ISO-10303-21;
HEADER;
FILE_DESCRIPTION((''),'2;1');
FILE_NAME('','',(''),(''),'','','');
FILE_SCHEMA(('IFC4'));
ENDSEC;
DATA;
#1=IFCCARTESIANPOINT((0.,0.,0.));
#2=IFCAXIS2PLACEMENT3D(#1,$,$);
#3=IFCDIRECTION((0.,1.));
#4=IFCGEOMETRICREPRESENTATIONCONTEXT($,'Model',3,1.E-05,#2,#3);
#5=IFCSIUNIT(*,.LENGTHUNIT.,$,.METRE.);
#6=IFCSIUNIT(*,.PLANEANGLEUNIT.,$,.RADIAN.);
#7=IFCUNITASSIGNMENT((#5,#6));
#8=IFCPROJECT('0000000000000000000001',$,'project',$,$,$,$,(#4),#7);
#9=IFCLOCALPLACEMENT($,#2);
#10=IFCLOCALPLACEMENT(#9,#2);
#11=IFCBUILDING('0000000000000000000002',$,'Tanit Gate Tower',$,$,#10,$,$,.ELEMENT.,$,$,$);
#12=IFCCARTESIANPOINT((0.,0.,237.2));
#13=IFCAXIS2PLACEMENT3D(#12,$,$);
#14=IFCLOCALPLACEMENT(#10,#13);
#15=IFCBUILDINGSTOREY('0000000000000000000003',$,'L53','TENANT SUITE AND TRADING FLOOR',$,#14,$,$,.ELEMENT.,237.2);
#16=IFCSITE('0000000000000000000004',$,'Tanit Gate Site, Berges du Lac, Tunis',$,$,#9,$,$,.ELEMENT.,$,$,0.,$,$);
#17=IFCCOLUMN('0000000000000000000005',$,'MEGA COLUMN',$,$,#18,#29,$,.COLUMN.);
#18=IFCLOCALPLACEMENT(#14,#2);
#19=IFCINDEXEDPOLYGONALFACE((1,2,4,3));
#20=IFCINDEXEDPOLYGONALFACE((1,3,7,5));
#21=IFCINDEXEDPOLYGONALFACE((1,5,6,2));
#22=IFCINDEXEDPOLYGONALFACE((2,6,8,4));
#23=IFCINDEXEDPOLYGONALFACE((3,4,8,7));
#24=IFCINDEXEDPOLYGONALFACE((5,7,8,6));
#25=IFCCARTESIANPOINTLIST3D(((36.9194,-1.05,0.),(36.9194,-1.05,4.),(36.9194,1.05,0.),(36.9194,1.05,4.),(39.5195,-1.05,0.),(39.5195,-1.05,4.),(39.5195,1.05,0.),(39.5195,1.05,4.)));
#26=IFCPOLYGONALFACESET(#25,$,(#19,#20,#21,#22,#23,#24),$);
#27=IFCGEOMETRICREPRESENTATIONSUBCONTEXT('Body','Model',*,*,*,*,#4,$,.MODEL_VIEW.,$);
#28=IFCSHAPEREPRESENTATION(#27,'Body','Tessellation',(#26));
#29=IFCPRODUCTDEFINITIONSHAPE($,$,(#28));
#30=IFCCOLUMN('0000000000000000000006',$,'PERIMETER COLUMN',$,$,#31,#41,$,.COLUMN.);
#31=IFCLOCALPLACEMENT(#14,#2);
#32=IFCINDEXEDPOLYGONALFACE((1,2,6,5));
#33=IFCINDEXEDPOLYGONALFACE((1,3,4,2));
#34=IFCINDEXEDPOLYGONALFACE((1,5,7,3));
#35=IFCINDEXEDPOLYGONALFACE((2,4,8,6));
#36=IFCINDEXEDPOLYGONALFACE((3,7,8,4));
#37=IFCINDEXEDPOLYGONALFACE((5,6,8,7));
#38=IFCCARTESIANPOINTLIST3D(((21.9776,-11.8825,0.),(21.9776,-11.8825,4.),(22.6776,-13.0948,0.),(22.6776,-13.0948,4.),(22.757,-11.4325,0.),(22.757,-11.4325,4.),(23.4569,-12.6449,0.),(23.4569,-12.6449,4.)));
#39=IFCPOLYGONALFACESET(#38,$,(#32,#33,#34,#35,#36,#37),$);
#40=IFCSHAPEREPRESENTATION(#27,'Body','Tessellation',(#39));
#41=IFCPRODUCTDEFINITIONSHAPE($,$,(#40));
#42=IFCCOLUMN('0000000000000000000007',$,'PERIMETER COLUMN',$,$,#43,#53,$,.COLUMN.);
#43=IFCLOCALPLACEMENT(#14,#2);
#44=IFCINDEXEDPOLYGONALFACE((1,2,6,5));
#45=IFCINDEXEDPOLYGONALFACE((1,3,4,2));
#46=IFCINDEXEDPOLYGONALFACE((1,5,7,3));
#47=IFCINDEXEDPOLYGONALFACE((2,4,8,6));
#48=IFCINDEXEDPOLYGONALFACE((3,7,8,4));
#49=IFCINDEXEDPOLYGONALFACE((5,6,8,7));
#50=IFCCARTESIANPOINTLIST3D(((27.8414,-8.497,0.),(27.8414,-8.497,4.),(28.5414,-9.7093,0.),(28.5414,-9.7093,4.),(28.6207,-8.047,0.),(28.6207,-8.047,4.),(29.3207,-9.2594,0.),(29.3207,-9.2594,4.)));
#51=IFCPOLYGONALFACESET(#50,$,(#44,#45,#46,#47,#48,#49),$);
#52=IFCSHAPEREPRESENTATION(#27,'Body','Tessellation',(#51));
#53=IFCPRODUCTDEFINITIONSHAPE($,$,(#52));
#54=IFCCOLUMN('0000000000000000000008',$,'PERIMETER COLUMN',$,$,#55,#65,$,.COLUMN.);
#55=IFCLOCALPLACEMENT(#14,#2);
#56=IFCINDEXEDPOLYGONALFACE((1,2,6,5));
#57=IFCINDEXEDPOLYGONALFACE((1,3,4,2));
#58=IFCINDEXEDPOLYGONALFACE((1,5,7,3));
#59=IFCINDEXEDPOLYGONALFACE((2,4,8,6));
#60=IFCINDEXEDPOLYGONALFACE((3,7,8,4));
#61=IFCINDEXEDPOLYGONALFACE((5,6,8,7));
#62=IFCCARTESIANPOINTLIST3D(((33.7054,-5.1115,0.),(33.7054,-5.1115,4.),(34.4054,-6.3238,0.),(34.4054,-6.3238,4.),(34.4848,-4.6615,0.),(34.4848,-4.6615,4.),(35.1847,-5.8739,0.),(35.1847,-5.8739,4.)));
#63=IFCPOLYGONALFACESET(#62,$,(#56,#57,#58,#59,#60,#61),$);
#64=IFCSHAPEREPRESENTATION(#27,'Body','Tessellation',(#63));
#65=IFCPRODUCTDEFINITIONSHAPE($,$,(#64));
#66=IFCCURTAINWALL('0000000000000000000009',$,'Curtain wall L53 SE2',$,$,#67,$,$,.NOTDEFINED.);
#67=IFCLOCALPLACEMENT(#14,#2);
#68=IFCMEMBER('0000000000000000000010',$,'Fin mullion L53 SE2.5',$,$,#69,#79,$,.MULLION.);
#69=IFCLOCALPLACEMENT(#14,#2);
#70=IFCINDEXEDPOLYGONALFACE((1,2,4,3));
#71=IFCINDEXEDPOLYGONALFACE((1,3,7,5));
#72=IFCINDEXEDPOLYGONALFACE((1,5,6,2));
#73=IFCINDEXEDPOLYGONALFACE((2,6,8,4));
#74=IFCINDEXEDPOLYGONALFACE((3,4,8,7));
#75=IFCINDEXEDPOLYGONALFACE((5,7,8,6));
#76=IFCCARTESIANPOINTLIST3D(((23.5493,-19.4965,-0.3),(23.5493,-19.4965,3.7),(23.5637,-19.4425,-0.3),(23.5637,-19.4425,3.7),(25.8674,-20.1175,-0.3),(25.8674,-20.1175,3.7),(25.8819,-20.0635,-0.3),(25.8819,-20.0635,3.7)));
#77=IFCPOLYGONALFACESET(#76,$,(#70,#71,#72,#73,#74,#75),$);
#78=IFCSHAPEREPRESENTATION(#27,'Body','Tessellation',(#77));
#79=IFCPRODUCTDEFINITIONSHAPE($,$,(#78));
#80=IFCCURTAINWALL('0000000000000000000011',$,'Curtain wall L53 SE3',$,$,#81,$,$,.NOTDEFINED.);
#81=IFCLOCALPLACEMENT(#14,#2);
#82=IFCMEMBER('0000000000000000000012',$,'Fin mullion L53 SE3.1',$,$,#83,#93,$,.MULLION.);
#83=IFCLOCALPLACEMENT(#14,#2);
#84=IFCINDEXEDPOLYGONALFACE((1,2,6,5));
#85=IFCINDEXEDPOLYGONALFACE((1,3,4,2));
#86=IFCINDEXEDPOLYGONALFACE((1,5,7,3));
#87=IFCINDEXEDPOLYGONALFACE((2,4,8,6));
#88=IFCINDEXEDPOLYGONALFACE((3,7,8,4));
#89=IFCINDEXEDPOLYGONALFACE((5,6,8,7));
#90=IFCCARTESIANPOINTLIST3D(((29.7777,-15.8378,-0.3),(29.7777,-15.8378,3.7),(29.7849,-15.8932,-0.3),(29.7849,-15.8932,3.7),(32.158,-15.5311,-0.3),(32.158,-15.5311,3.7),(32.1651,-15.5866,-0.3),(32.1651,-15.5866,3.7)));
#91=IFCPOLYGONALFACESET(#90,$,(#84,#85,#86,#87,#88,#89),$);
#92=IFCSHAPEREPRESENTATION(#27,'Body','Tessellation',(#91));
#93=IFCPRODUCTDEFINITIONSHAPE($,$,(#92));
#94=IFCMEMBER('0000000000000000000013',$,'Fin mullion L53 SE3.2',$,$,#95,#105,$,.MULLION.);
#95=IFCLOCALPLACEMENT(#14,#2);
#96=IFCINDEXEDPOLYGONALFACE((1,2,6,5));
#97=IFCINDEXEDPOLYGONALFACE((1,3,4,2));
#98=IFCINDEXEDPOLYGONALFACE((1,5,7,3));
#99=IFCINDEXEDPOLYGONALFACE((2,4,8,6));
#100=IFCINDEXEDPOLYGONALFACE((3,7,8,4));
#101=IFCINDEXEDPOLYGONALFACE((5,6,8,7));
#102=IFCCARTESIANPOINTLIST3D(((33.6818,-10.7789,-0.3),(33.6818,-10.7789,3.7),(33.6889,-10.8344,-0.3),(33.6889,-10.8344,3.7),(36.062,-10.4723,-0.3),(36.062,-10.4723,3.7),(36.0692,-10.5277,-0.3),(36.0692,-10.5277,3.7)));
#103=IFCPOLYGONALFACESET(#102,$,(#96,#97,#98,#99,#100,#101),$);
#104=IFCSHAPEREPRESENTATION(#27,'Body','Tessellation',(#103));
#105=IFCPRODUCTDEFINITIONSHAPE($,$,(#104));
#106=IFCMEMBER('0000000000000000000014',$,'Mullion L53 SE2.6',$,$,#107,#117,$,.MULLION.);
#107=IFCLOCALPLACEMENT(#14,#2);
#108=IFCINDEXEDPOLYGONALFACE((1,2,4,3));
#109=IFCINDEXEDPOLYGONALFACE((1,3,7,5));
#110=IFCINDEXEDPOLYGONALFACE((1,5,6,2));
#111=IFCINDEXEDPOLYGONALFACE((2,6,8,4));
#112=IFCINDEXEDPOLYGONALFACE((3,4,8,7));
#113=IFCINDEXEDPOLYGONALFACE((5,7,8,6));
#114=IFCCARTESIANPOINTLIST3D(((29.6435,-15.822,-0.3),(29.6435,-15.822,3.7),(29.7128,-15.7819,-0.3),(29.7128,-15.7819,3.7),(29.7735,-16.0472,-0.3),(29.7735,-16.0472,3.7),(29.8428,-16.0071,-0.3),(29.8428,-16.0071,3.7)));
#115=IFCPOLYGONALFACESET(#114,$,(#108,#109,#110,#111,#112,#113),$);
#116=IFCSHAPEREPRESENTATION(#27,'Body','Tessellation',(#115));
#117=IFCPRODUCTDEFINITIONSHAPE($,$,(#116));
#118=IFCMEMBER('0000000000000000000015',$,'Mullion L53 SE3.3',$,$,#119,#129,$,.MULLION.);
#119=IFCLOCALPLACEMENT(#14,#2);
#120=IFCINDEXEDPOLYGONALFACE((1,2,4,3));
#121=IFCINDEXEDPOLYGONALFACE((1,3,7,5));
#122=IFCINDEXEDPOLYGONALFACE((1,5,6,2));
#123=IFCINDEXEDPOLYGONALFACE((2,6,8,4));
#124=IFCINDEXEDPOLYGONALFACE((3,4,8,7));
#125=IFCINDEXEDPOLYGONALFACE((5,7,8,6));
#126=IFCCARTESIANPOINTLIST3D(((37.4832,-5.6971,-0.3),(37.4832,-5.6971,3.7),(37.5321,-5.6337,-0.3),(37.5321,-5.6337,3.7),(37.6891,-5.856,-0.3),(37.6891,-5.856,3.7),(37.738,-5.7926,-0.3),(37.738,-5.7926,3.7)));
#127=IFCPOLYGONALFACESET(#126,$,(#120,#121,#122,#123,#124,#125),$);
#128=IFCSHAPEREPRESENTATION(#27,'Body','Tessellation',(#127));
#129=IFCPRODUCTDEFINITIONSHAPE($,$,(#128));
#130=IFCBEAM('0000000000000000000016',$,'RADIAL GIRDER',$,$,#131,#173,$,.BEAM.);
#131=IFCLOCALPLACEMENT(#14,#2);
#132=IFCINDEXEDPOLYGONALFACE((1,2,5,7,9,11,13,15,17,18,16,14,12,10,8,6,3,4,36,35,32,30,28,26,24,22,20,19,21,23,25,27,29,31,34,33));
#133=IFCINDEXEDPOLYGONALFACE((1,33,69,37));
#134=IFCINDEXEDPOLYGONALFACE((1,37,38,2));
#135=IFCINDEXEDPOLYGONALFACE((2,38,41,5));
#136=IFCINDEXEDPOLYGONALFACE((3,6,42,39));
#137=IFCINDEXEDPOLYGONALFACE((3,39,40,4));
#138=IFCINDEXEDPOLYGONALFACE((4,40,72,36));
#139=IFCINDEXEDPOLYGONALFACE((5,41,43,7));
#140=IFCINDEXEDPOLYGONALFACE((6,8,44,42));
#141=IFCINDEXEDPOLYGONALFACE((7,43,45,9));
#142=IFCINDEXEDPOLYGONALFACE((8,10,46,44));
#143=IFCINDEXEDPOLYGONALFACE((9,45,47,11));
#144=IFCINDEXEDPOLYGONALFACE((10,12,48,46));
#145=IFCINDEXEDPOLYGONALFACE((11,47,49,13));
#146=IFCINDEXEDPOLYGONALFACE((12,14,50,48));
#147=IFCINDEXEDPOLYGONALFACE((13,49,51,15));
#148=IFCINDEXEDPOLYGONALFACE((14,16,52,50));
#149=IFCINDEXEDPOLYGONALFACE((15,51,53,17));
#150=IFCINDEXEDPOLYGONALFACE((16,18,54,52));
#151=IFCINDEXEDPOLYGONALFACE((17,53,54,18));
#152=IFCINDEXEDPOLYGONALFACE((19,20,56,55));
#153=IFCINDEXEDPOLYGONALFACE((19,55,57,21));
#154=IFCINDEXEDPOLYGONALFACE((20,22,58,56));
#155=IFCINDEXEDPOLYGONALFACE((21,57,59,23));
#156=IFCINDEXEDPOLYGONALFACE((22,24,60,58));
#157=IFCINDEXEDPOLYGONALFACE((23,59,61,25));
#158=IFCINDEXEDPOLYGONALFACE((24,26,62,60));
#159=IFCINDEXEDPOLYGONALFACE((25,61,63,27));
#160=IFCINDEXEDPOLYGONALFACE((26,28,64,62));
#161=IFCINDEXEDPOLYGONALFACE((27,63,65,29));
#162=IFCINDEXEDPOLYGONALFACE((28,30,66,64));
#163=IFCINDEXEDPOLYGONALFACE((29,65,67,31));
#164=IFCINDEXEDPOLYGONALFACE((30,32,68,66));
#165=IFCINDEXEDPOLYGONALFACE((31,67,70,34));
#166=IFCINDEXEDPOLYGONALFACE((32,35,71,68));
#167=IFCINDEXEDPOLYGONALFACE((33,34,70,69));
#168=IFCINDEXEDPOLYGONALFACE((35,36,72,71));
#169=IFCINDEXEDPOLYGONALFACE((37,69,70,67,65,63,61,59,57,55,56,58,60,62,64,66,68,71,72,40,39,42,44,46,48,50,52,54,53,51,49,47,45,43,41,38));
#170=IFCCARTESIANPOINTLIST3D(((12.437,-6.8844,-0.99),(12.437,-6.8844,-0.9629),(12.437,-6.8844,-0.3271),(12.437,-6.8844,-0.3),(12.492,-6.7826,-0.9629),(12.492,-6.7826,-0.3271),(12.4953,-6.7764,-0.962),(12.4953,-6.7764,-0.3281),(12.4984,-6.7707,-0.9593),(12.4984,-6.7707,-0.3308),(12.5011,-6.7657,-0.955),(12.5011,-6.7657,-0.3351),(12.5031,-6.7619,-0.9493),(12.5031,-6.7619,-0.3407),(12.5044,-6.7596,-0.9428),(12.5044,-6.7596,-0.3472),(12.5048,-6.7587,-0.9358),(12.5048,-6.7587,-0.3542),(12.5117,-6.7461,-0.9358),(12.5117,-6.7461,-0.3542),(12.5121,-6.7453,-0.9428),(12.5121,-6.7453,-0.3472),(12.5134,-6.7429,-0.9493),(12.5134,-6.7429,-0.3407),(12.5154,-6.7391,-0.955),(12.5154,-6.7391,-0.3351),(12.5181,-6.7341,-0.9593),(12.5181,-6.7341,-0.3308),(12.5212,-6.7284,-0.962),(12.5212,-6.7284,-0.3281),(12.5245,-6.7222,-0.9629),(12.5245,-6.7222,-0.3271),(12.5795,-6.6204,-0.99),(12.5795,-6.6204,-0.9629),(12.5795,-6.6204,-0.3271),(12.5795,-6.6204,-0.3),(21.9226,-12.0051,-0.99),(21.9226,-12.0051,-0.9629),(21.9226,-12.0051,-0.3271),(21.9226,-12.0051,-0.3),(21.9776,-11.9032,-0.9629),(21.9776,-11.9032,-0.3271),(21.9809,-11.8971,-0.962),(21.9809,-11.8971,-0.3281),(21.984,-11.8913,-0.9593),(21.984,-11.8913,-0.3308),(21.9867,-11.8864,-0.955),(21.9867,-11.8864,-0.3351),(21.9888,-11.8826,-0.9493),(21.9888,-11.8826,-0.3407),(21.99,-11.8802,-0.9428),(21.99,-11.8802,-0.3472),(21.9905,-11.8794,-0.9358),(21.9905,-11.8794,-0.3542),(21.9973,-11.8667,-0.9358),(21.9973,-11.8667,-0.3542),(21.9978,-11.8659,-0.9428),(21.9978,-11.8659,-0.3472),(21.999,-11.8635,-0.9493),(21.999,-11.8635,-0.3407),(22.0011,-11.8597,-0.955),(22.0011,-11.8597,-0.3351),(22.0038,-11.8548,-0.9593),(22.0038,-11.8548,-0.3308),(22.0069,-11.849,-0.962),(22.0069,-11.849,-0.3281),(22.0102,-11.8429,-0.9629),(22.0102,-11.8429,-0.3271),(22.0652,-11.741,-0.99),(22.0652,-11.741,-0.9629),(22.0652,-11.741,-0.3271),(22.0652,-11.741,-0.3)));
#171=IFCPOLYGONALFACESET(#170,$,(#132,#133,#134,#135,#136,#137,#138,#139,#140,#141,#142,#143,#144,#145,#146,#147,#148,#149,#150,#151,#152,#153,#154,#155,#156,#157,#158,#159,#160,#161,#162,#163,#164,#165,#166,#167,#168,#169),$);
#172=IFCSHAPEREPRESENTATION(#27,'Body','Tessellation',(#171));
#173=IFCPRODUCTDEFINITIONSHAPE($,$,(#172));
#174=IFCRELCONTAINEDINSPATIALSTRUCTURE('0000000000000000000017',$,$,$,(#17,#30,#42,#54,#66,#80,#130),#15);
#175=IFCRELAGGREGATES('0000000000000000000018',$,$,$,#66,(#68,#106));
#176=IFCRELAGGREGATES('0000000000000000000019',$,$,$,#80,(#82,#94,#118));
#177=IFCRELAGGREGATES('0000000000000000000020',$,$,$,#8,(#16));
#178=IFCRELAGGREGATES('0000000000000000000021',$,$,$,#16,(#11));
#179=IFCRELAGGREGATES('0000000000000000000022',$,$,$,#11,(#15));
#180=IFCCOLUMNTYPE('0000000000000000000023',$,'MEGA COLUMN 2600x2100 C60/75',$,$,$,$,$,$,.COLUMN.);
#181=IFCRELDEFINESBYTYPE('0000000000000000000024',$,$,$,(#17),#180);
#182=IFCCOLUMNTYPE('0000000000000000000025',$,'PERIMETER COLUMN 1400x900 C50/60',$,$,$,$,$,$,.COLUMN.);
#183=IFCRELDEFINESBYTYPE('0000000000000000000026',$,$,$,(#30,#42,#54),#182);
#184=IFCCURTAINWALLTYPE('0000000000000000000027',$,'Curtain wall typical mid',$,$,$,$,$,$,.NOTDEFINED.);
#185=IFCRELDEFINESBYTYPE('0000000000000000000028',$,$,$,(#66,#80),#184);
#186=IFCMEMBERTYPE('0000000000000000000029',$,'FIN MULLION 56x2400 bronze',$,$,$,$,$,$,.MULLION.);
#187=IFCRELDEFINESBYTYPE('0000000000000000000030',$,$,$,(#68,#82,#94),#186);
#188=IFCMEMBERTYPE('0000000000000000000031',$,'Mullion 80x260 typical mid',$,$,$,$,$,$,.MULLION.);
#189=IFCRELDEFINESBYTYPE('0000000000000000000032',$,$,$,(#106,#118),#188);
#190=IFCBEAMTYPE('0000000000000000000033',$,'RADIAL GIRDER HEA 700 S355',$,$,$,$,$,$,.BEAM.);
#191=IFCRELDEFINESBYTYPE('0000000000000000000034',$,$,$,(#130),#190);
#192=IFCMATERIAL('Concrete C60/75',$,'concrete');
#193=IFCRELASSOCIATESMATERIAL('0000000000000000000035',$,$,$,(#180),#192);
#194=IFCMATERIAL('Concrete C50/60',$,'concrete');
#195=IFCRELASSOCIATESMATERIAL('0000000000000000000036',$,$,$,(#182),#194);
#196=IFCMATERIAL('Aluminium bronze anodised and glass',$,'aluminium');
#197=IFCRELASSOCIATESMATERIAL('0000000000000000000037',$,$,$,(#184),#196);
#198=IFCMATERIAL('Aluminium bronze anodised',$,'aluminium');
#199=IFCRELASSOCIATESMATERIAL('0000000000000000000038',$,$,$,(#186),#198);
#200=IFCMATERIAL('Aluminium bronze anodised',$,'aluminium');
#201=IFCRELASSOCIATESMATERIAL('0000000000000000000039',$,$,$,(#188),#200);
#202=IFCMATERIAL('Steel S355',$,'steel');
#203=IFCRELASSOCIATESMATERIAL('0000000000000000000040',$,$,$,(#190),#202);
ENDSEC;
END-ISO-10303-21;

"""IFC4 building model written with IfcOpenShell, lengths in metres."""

from ifc_helpers import new_model, si_unit, direction, frame, origin, origin_2d, place, context, subcontext, project, spatial, rectangle, i_section, extrude, material, material_profile, profile_set, type_object, element, aggregate, save


model = new_model("IFC4")

# Units and contexts
model_context = context("Model", 3, precision=1e-05, world=origin(), true_north=direction((0.0, 1.0)))
body_context = subcontext(model_context, "Body", "Model", "MODEL_VIEW")
ifc_project = project(units=[si_unit("LENGTHUNIT", "METRE"), si_unit("PLANEANGLEUNIT", "RADIAN")], contexts=[model_context])

# Site, building, storey
site_placement = place(None, origin())
site = spatial("IfcSite", under=ifc_project, at=site_placement, Name="Tanit Gate Site, Berges du Lac, Tunis", CompositionType="ELEMENT", RefElevation=0.0)
building_placement = place(site_placement, origin())
building = spatial("IfcBuilding", under=site, at=building_placement, Name="Tanit Gate Tower", CompositionType="ELEMENT")
storey_placement = place(building_placement, frame((0.0, 0.0, 237.2)))
storey = spatial("IfcBuildingStorey", under=building, at=storey_placement, Name="L53", Description="TENANT SUITE AND TRADING FLOOR", CompositionType="ELEMENT", Elevation=237.2)

# Columns
ifc_material_1 = material(Name="Concrete C60/75", Category="concrete")
ifc_material_profile_1 = material_profile(ifc_material_1, rectangle(XDim=2.6001, YDim=2.1001, at=origin_2d()), Name="RC 2600x2100")
ifc_profile_set_1 = profile_set([ifc_material_profile_1], Name="Concrete C60/75")
column_type_1 = type_object("IfcColumnType", Name="MEGA COLUMN 2600x2100 C60/75", PredefinedType="COLUMN", material=ifc_profile_set_1)
column_placement = place(storey_placement, frame((38.2195, 0.0, 0.0), z_axis=(0.0, 0.0, 1.0), x_axis=(1.0, 0.0, 0.0)))
element("IfcColumn", 1, at=column_placement, inside=storey, type_object=column_type_1, Name="MEGA COLUMN", PredefinedType="COLUMN", context=body_context, shape_type="SweptSolid", body=[
    extrude(rectangle(XDim=2.6001, YDim=2.1001, at=origin_2d()), origin(), (0.0, 0.0, 1.0), 4.0),
])
ifc_material_2 = material(Name="Concrete C50/60", Category="concrete")
ifc_material_profile_2 = material_profile(ifc_material_2, rectangle(XDim=1.3999, YDim=0.8999, at=origin_2d()), Name="RC 1400x900")
ifc_profile_set_2 = profile_set([ifc_material_profile_2], Name="Concrete C50/60")
column_type_2 = type_object("IfcColumnType", Name="PERIMETER COLUMN 1400x900 C50/60", PredefinedType="COLUMN", material=ifc_profile_set_2)
for number, where, z_axis, x_axis, name in (
    (2, (22.7173, -12.2637, 0.0), (0.0, 0.0, 1.0), (0.5, -0.866025, 0.0), "PERIMETER COLUMN"),
    (3, (28.5811, -8.8782, 0.0), (0.0, 0.0, 1.0), (0.5, -0.866025, 0.0), "PERIMETER COLUMN"),
    (4, (34.4451, -5.4927, 0.0), (0.0, 0.0, 1.0), (0.5, -0.866025, 0.0), "PERIMETER COLUMN"),
):
    element("IfcColumn", number, at=place(storey_placement, frame(where, z_axis=z_axis, x_axis=x_axis)), inside=storey, type_object=column_type_2, Name=name, PredefinedType="COLUMN", context=body_context, shape_type="SweptSolid", body=[
        extrude(rectangle(XDim=1.3999, YDim=0.8999, at=origin_2d()), origin(), (0.0, 0.0, 1.0), 4.0),
    ])

# Curtain wall, member
ifc_material_3 = material(Name="Aluminium bronze anodised and glass", Category="aluminium")
curtain_wall_type = type_object("IfcCurtainWallType", Name="Curtain wall typical mid", PredefinedType="NOTDEFINED", material=ifc_material_3)
curtain_wall_1_placement = place(storey_placement, origin())
curtain_wall_1 = element("IfcCurtainWall", 5, at=curtain_wall_1_placement, inside=storey, type_object=curtain_wall_type, Name="Curtain wall L53 SE2", PredefinedType="NOTDEFINED")
ifc_material_4 = material(Name="Aluminium bronze anodised", Category="aluminium")
ifc_material_profile_3 = material_profile(ifc_material_4, rectangle(XDim=2.3999, YDim=0.0559, at=origin_2d()), Name="56x2400 bronze fin mullion")
ifc_profile_set_3 = profile_set([ifc_material_profile_3], Name="Aluminium bronze anodised")
member_type_1 = type_object("IfcMemberType", Name="FIN MULLION 56x2400 bronze", PredefinedType="MULLION", material=ifc_profile_set_3)
member_1_placement = place(storey_placement, frame((24.7156, -19.78, -0.3), z_axis=(0.0, 0.0, 1.0), x_axis=(-0.965944, 0.258752, 0.0)))
member_1 = element("IfcMember", 6, at=member_1_placement, type_object=member_type_1, Name="Fin mullion L53 SE2.5", PredefinedType="MULLION", context=body_context, shape_type="SweptSolid", body=[
    extrude(rectangle(XDim=2.3999, YDim=0.0559, at=origin_2d()), origin(), (0.0, 0.0, 1.0), 4.0),
])

# Curtain wall, members
curtain_wall_2_placement = place(storey_placement, origin())
curtain_wall_2 = element("IfcCurtainWall", 7, at=curtain_wall_2_placement, inside=storey, type_object=curtain_wall_type, Name="Curtain wall L53 SE3", PredefinedType="NOTDEFINED")
member_2_placement = place(storey_placement, frame((30.9714, -15.7122, -0.3), z_axis=(0.0, 0.0, 1.0), x_axis=(-0.991802, -0.127783, 0.0)))
member_2 = element("IfcMember", 8, at=member_2_placement, type_object=member_type_1, Name="Fin mullion L53 SE3.1", PredefinedType="MULLION", context=body_context, shape_type="SweptSolid", body=[
    extrude(rectangle(XDim=2.3999, YDim=0.0559, at=origin_2d()), origin(), (0.0, 0.0, 1.0), 4.0),
])
member_3_placement = place(storey_placement, frame((34.8755, -10.6533, -0.3), z_axis=(0.0, 0.0, 1.0), x_axis=(-0.991802, -0.127783, 0.0)))
member_3 = element("IfcMember", 9, at=member_3_placement, type_object=member_type_1, Name="Fin mullion L53 SE3.2", PredefinedType="MULLION", context=body_context, shape_type="SweptSolid", body=[
    extrude(rectangle(XDim=2.3999, YDim=0.0559, at=origin_2d()), origin(), (0.0, 0.0, 1.0), 4.0),
])

# Members
ifc_material_5 = material(Name="Aluminium bronze anodised", Category="aluminium")
ifc_material_profile_4 = material_profile(ifc_material_5, rectangle(XDim=0.26, YDim=0.0801, at=origin_2d()), Name="80x260 bronze mullion")
ifc_profile_set_4 = profile_set([ifc_material_profile_4], Name="Aluminium bronze anodised")
member_type_2 = type_object("IfcMemberType", Name="Mullion 80x260 typical mid", PredefinedType="MULLION", material=ifc_profile_set_4)
member_4_placement = place(storey_placement, frame((29.7432, -15.9146, -0.3), z_axis=(0.0, 0.0, 1.0), x_axis=(-0.50006, 0.865991, 0.0)))
member_4 = element("IfcMember", 10, at=member_4_placement, type_object=member_type_2, Name="Mullion L53 SE2.6", PredefinedType="MULLION", context=body_context, shape_type="SweptSolid", body=[
    extrude(rectangle(XDim=0.26, YDim=0.0801, at=origin_2d()), origin(), (0.0, 0.0, 1.0), 4.0),
])
member_5_placement = place(storey_placement, frame((37.6106, -5.7449, -0.3), z_axis=(0.0, 0.0, 1.0), x_axis=(-0.791666, 0.610954, 0.0)))
member_5 = element("IfcMember", 11, at=member_5_placement, type_object=member_type_2, Name="Mullion L53 SE3.3", PredefinedType="MULLION", context=body_context, shape_type="SweptSolid", body=[
    extrude(rectangle(XDim=0.26, YDim=0.0801, at=origin_2d()), origin(), (0.0, 0.0, 1.0), 4.0),
])

# Beam
ifc_material_6 = material(Name="Steel S355", Category="steel")
ifc_material_profile_5 = material_profile(ifc_material_6, i_section(OverallWidth=0.3, OverallDepth=0.6899, WebThickness=0.0144, FlangeThickness=0.0271, FilletRadius=0.0271, at=origin_2d()), Name="HEA 700")
ifc_profile_set_5 = profile_set([ifc_material_profile_5], Name="Steel S355")
beam_type_1 = type_object("IfcBeamType", Name="RADIAL GIRDER HEA 700 S355", PredefinedType="BEAM", material=ifc_profile_set_5)
beam_1_placement = place(storey_placement, frame((21.9939, -11.873, -0.645), z_axis=(-0.879968, 0.475033, 0.0), x_axis=(-0.475033, -0.879968, 0.0)))
element("IfcBeam", 12, at=beam_1_placement, inside=storey, type_object=beam_type_1, Name="RADIAL GIRDER", PredefinedType="BEAM", context=body_context, shape_type="SweptSolid", body=[
    extrude(i_section(OverallWidth=0.3, OverallDepth=0.6899, WebThickness=0.0144, FlangeThickness=0.0271, FilletRadius=0.0271, at=origin_2d()), origin(), (0.0, 0.0, 1.0), 10.7795),
])

aggregate(curtain_wall_1, [member_1, member_4])
aggregate(curtain_wall_2, [member_2, member_3, member_5])

save(model, "model.ifc")
